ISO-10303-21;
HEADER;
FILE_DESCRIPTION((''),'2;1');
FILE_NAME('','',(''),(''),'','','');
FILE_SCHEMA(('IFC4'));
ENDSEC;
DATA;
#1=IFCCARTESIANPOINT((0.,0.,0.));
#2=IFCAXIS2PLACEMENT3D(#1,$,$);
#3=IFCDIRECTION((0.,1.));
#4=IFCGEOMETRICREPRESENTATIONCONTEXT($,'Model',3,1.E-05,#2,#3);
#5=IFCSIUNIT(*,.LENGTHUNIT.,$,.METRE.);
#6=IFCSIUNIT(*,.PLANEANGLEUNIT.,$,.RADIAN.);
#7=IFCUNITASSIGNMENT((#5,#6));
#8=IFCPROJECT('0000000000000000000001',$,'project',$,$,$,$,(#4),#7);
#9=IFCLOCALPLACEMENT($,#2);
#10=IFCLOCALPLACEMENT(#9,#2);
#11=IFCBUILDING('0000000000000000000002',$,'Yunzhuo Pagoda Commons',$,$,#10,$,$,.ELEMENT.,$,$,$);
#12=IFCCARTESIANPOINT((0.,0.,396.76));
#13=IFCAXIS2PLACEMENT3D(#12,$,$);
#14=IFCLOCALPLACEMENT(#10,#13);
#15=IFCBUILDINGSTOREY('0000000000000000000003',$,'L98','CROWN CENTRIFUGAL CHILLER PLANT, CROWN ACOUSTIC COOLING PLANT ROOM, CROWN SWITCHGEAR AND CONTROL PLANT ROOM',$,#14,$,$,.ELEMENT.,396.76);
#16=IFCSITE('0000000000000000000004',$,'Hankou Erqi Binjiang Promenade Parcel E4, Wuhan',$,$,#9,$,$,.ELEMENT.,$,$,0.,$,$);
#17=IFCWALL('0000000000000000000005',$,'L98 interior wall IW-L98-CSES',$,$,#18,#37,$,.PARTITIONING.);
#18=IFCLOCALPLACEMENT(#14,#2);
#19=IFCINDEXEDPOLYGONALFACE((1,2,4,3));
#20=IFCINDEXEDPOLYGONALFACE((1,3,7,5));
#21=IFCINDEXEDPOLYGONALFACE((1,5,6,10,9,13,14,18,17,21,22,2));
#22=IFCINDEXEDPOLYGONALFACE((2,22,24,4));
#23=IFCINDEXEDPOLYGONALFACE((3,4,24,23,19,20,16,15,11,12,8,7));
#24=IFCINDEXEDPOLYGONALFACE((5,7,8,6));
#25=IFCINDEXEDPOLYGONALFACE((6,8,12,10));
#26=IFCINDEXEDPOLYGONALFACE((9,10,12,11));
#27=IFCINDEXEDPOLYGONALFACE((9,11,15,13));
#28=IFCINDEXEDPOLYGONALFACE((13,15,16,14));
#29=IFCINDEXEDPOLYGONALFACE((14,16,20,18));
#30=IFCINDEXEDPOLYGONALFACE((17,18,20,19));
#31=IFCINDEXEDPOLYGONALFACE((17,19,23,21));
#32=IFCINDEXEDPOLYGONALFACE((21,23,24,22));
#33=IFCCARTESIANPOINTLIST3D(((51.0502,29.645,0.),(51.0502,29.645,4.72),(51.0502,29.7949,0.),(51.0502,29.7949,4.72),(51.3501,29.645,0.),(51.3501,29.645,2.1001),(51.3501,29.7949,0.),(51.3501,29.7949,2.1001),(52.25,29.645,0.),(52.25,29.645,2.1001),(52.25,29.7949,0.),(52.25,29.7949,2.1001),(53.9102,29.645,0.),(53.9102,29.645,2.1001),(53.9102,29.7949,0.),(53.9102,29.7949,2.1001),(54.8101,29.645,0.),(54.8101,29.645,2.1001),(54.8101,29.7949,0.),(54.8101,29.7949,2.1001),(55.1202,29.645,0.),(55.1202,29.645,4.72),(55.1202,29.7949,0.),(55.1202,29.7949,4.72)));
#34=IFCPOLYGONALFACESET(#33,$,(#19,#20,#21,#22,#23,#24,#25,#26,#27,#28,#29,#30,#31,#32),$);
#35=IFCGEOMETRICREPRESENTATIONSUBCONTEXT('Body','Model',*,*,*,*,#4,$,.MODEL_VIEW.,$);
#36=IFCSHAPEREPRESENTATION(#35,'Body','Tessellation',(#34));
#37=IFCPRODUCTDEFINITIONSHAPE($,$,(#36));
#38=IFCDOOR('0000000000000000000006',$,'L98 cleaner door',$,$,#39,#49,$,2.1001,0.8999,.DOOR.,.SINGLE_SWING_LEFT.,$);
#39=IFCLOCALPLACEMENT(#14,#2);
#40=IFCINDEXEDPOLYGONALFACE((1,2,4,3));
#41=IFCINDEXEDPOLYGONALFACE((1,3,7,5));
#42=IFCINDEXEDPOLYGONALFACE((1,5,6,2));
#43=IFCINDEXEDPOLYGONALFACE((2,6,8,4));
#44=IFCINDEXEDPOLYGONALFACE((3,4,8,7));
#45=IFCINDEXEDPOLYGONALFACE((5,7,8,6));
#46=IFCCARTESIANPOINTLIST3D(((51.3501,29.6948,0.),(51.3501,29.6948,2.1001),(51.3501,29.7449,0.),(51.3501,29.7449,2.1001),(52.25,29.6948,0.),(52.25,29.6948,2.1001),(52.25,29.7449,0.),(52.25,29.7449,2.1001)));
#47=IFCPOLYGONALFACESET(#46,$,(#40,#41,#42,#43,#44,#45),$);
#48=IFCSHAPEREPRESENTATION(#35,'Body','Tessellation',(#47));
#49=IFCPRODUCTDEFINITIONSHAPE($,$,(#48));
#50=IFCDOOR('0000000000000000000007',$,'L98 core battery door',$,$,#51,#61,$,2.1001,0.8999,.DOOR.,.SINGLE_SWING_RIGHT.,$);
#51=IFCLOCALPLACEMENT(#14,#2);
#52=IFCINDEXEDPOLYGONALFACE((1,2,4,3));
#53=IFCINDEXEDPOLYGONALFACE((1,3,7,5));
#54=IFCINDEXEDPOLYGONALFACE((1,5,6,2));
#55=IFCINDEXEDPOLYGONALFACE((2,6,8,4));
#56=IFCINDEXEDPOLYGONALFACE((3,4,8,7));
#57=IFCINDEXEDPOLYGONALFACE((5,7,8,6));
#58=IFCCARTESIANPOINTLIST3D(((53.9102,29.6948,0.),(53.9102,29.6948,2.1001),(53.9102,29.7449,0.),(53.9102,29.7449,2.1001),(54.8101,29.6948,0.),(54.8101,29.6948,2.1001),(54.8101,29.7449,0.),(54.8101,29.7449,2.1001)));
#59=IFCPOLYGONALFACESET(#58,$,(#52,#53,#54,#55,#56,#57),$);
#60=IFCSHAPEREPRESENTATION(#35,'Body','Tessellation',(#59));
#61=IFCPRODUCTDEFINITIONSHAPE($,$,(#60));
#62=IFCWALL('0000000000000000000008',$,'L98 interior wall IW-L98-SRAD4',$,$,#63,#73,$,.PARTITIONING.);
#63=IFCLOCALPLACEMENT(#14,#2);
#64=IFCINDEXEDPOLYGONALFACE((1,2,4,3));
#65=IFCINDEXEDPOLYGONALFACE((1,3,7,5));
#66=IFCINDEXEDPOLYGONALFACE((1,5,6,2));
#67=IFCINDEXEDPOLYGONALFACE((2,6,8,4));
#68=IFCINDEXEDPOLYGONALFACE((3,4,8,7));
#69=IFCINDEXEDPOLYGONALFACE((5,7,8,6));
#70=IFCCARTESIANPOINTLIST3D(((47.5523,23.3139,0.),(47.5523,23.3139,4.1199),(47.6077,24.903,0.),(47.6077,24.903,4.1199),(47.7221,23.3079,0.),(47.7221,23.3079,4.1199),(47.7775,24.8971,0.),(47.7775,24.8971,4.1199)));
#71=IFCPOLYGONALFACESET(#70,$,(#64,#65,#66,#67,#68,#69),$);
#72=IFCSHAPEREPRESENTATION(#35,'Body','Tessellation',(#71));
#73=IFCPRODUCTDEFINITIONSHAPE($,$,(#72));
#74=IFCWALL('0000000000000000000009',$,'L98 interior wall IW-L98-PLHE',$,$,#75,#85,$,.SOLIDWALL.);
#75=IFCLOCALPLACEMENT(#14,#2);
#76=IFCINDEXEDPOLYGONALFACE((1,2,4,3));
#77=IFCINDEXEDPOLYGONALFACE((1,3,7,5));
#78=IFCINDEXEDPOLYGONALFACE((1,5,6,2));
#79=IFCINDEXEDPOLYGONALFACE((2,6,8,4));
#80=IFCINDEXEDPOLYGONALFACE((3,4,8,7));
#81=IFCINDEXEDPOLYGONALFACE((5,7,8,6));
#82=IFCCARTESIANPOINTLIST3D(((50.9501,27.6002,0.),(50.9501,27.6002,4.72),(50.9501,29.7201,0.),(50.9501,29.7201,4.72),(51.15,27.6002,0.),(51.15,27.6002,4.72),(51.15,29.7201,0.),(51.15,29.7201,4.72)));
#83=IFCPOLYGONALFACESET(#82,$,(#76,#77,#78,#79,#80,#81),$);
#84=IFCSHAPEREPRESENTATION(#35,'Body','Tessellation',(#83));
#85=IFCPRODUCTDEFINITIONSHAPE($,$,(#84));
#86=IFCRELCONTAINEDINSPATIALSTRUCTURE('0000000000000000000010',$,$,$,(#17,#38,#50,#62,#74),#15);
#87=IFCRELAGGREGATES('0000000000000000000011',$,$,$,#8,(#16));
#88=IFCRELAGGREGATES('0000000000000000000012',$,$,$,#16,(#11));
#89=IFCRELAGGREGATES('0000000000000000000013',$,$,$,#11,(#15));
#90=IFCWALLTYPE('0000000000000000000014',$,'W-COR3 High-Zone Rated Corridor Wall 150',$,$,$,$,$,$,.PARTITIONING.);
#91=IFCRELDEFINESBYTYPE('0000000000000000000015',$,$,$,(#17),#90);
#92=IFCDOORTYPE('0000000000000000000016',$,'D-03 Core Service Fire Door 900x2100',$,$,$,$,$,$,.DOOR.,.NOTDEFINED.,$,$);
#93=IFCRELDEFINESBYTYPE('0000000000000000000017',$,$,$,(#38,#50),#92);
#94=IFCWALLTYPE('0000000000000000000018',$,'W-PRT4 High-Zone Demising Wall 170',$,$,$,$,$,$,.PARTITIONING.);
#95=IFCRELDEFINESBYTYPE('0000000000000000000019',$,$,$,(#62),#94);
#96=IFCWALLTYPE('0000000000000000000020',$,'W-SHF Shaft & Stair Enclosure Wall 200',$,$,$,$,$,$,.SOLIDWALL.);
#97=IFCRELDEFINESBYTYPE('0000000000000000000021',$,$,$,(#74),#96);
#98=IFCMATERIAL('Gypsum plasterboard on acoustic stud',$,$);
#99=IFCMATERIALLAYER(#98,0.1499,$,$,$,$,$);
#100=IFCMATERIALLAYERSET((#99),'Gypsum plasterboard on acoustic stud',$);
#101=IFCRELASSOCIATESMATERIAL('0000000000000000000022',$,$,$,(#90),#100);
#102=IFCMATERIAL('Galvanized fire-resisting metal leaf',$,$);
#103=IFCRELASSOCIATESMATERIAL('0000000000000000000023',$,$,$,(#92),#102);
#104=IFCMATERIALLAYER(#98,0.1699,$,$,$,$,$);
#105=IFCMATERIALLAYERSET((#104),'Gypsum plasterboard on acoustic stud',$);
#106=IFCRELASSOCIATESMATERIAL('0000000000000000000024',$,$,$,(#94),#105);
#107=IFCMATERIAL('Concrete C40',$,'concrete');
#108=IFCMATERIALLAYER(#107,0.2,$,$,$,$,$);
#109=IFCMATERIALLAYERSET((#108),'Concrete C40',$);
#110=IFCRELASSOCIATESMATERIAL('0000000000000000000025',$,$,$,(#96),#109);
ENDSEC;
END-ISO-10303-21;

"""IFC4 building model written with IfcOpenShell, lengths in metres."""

from ifc_helpers import new_model, si_unit, direction, frame, frame_2d, origin, origin_with_axes, place, context, subcontext, project, spatial, rectangle, extrude, source, transform, mapped, material, layer, layer_set, type_object, element, fill, save


model = new_model("IFC4")

# Units and contexts
model_context = context("Model", 3, precision=1e-05, world=origin(), true_north=direction((0.0, 1.0)))
body_context = subcontext(model_context, "Body", "Model", "MODEL_VIEW")
ifc_project = project(units=[si_unit("LENGTHUNIT", "METRE"), si_unit("PLANEANGLEUNIT", "RADIAN")], contexts=[model_context])

# Site, building, storey
site_placement = place(None, origin())
site = spatial("IfcSite", under=ifc_project, at=site_placement, Name="Hankou Erqi Binjiang Promenade Parcel E4, Wuhan", CompositionType="ELEMENT", RefElevation=0.0)
building_placement = place(site_placement, origin())
building = spatial("IfcBuilding", under=site, at=building_placement, Name="Yunzhuo Pagoda Commons", CompositionType="ELEMENT")
storey_placement = place(building_placement, frame((0.0, 0.0, 396.76)))
storey = spatial("IfcBuildingStorey", under=building, at=storey_placement, Name="L98", Description="CROWN CENTRIFUGAL CHILLER PLANT, CROWN ACOUSTIC COOLING PLANT ROOM, CROWN SWITCHGEAR AND CONTROL PLANT ROOM", CompositionType="ELEMENT", Elevation=396.76)

# Wall, openings, doors
ifc_material_1 = material(Name="Gypsum plasterboard on acoustic stud")
ifc_layer_1 = layer(ifc_material_1, 0.1499)
ifc_layer_set_1 = layer_set([ifc_layer_1], Name="Gypsum plasterboard on acoustic stud")
wall_type_1 = type_object("IfcWallType", Name="W-COR3 High-Zone Rated Corridor Wall 150", PredefinedType="PARTITIONING", material=ifc_layer_set_1)
wall_1_placement = place(storey_placement, frame((51.05, 29.72, 0.0), z_axis=(0.0, 0.0, 1.0), x_axis=(1.0, 0.0, 0.0)))
wall_1 = element("IfcWall", 1, at=wall_1_placement, inside=storey, type_object=wall_type_1, Name="L98 interior wall IW-L98-CSES", PredefinedType="PARTITIONING", context=body_context, shape_type="SweptSolid", body=[
    extrude(rectangle(XDim=4.0701, YDim=0.1499, at=frame_2d((2.0352, 0.0))), origin(), (0.0, 0.0, 1.0), 4.72),
])
opening_1_placement = place(wall_1_placement, frame((0.3, 0.0, 0.0)))
opening_1 = element("IfcOpeningElement", 2, at=opening_1_placement, cuts=wall_1, PredefinedType="OPENING", context=body_context, shape_type="SweptSolid", body=[
    extrude(rectangle(XDim=0.8999, YDim=2.1001, at=frame_2d((0.45, 1.05))), frame((0.0, 0.085, 0.0), z_axis=(0.0, -1.0, 0.0), x_axis=(1.0, 0.0, 0.0)), (0.0, 0.0, 1.0), 0.1699),
])
opening_2_placement = place(wall_1_placement, frame((2.8601, 0.0, 0.0)))
opening_2 = element("IfcOpeningElement", 3, at=opening_2_placement, cuts=wall_1, PredefinedType="OPENING", context=body_context, shape_type="SweptSolid", body=[
    extrude(rectangle(XDim=0.8999, YDim=2.1001, at=frame_2d((0.45, 1.05))), frame((0.0, 0.085, 0.0), z_axis=(0.0, -1.0, 0.0), x_axis=(1.0, 0.0, 0.0)), (0.0, 0.0, 1.0), 0.1699),
])
ifc_material_2 = material(Name="Galvanized fire-resisting metal leaf")
door_type = type_object("IfcDoorType", Name="D-03 Core Service Fire Door 900x2100", OperationType="NOTDEFINED", PredefinedType="DOOR", material=ifc_material_2)
shared_shape_1 = source(origin(), body_context, "Body", "SweptSolid", [
    extrude(rectangle(XDim=0.8999, YDim=2.1001, at=frame_2d((0.45, 1.05))), frame((0.0, 0.0249, 0.0), z_axis=(0.0, -1.0, 0.0), x_axis=(1.0, 0.0, 0.0)), (0.0, 0.0, 1.0), 0.05),
])
door_1_placement = place(opening_1_placement, origin_with_axes())
door_1 = element("IfcDoor", 4, at=door_1_placement, inside=storey, type_object=door_type, Name="L98 cleaner door", OperationType="SINGLE_SWING_LEFT", OverallHeight=2.1001, OverallWidth=0.8999, PredefinedType="DOOR", context=body_context, shape_type="MappedRepresentation", body=[
    mapped(shared_shape_1, transform((0.0, 0.0, 0.0), scale=1.0)),
])
fill(opening_1, door_1)
door_2_placement = place(opening_2_placement, origin_with_axes())
door_2 = element("IfcDoor", 5, at=door_2_placement, inside=storey, type_object=door_type, Name="L98 core battery door", OperationType="SINGLE_SWING_RIGHT", OverallHeight=2.1001, OverallWidth=0.8999, PredefinedType="DOOR", context=body_context, shape_type="MappedRepresentation", body=[
    mapped(shared_shape_1, transform((0.0, 0.0, 0.0), scale=1.0)),
])
fill(opening_2, door_2)

# Walls
ifc_layer_2 = layer(ifc_material_1, 0.1699)
ifc_layer_set_2 = layer_set([ifc_layer_2], Name="Gypsum plasterboard on acoustic stud")
wall_type_2 = type_object("IfcWallType", Name="W-PRT4 High-Zone Demising Wall 170", PredefinedType="PARTITIONING", material=ifc_layer_set_2)
wall_2_placement = place(storey_placement, frame((47.6926, 24.8999, 0.0), z_axis=(0.0, 0.0, 1.0), x_axis=(-0.034854, -0.999392, 0.0)))
element("IfcWall", 6, at=wall_2_placement, inside=storey, type_object=wall_type_2, Name="L98 interior wall IW-L98-SRAD4", PredefinedType="PARTITIONING", context=body_context, shape_type="SweptSolid", body=[
    extrude(rectangle(XDim=1.5901, YDim=0.1699, at=frame_2d((0.7949, 0.0))), origin(), (0.0, 0.0, 1.0), 4.1199),
])
ifc_material_3 = material(Name="Concrete C40", Category="concrete")
ifc_layer_3 = layer(ifc_material_3, 0.2)
ifc_layer_set_3 = layer_set([ifc_layer_3], Name="Concrete C40")
wall_type_3 = type_object("IfcWallType", Name="W-SHF Shaft & Stair Enclosure Wall 200", PredefinedType="SOLIDWALL", material=ifc_layer_set_3)
wall_3_placement = place(storey_placement, frame((51.05, 27.6001, 0.0), z_axis=(0.0, 0.0, 1.0), x_axis=(0.0, 1.0, 0.0)))
element("IfcWall", 7, at=wall_3_placement, inside=storey, type_object=wall_type_3, Name="L98 interior wall IW-L98-PLHE", PredefinedType="SOLIDWALL", context=body_context, shape_type="SweptSolid", body=[
    extrude(rectangle(XDim=2.1199, YDim=0.2, at=frame_2d((1.0601, 0.0))), origin(), (0.0, 0.0, 1.0), 4.72),
])

save(model, "model.ifc")
